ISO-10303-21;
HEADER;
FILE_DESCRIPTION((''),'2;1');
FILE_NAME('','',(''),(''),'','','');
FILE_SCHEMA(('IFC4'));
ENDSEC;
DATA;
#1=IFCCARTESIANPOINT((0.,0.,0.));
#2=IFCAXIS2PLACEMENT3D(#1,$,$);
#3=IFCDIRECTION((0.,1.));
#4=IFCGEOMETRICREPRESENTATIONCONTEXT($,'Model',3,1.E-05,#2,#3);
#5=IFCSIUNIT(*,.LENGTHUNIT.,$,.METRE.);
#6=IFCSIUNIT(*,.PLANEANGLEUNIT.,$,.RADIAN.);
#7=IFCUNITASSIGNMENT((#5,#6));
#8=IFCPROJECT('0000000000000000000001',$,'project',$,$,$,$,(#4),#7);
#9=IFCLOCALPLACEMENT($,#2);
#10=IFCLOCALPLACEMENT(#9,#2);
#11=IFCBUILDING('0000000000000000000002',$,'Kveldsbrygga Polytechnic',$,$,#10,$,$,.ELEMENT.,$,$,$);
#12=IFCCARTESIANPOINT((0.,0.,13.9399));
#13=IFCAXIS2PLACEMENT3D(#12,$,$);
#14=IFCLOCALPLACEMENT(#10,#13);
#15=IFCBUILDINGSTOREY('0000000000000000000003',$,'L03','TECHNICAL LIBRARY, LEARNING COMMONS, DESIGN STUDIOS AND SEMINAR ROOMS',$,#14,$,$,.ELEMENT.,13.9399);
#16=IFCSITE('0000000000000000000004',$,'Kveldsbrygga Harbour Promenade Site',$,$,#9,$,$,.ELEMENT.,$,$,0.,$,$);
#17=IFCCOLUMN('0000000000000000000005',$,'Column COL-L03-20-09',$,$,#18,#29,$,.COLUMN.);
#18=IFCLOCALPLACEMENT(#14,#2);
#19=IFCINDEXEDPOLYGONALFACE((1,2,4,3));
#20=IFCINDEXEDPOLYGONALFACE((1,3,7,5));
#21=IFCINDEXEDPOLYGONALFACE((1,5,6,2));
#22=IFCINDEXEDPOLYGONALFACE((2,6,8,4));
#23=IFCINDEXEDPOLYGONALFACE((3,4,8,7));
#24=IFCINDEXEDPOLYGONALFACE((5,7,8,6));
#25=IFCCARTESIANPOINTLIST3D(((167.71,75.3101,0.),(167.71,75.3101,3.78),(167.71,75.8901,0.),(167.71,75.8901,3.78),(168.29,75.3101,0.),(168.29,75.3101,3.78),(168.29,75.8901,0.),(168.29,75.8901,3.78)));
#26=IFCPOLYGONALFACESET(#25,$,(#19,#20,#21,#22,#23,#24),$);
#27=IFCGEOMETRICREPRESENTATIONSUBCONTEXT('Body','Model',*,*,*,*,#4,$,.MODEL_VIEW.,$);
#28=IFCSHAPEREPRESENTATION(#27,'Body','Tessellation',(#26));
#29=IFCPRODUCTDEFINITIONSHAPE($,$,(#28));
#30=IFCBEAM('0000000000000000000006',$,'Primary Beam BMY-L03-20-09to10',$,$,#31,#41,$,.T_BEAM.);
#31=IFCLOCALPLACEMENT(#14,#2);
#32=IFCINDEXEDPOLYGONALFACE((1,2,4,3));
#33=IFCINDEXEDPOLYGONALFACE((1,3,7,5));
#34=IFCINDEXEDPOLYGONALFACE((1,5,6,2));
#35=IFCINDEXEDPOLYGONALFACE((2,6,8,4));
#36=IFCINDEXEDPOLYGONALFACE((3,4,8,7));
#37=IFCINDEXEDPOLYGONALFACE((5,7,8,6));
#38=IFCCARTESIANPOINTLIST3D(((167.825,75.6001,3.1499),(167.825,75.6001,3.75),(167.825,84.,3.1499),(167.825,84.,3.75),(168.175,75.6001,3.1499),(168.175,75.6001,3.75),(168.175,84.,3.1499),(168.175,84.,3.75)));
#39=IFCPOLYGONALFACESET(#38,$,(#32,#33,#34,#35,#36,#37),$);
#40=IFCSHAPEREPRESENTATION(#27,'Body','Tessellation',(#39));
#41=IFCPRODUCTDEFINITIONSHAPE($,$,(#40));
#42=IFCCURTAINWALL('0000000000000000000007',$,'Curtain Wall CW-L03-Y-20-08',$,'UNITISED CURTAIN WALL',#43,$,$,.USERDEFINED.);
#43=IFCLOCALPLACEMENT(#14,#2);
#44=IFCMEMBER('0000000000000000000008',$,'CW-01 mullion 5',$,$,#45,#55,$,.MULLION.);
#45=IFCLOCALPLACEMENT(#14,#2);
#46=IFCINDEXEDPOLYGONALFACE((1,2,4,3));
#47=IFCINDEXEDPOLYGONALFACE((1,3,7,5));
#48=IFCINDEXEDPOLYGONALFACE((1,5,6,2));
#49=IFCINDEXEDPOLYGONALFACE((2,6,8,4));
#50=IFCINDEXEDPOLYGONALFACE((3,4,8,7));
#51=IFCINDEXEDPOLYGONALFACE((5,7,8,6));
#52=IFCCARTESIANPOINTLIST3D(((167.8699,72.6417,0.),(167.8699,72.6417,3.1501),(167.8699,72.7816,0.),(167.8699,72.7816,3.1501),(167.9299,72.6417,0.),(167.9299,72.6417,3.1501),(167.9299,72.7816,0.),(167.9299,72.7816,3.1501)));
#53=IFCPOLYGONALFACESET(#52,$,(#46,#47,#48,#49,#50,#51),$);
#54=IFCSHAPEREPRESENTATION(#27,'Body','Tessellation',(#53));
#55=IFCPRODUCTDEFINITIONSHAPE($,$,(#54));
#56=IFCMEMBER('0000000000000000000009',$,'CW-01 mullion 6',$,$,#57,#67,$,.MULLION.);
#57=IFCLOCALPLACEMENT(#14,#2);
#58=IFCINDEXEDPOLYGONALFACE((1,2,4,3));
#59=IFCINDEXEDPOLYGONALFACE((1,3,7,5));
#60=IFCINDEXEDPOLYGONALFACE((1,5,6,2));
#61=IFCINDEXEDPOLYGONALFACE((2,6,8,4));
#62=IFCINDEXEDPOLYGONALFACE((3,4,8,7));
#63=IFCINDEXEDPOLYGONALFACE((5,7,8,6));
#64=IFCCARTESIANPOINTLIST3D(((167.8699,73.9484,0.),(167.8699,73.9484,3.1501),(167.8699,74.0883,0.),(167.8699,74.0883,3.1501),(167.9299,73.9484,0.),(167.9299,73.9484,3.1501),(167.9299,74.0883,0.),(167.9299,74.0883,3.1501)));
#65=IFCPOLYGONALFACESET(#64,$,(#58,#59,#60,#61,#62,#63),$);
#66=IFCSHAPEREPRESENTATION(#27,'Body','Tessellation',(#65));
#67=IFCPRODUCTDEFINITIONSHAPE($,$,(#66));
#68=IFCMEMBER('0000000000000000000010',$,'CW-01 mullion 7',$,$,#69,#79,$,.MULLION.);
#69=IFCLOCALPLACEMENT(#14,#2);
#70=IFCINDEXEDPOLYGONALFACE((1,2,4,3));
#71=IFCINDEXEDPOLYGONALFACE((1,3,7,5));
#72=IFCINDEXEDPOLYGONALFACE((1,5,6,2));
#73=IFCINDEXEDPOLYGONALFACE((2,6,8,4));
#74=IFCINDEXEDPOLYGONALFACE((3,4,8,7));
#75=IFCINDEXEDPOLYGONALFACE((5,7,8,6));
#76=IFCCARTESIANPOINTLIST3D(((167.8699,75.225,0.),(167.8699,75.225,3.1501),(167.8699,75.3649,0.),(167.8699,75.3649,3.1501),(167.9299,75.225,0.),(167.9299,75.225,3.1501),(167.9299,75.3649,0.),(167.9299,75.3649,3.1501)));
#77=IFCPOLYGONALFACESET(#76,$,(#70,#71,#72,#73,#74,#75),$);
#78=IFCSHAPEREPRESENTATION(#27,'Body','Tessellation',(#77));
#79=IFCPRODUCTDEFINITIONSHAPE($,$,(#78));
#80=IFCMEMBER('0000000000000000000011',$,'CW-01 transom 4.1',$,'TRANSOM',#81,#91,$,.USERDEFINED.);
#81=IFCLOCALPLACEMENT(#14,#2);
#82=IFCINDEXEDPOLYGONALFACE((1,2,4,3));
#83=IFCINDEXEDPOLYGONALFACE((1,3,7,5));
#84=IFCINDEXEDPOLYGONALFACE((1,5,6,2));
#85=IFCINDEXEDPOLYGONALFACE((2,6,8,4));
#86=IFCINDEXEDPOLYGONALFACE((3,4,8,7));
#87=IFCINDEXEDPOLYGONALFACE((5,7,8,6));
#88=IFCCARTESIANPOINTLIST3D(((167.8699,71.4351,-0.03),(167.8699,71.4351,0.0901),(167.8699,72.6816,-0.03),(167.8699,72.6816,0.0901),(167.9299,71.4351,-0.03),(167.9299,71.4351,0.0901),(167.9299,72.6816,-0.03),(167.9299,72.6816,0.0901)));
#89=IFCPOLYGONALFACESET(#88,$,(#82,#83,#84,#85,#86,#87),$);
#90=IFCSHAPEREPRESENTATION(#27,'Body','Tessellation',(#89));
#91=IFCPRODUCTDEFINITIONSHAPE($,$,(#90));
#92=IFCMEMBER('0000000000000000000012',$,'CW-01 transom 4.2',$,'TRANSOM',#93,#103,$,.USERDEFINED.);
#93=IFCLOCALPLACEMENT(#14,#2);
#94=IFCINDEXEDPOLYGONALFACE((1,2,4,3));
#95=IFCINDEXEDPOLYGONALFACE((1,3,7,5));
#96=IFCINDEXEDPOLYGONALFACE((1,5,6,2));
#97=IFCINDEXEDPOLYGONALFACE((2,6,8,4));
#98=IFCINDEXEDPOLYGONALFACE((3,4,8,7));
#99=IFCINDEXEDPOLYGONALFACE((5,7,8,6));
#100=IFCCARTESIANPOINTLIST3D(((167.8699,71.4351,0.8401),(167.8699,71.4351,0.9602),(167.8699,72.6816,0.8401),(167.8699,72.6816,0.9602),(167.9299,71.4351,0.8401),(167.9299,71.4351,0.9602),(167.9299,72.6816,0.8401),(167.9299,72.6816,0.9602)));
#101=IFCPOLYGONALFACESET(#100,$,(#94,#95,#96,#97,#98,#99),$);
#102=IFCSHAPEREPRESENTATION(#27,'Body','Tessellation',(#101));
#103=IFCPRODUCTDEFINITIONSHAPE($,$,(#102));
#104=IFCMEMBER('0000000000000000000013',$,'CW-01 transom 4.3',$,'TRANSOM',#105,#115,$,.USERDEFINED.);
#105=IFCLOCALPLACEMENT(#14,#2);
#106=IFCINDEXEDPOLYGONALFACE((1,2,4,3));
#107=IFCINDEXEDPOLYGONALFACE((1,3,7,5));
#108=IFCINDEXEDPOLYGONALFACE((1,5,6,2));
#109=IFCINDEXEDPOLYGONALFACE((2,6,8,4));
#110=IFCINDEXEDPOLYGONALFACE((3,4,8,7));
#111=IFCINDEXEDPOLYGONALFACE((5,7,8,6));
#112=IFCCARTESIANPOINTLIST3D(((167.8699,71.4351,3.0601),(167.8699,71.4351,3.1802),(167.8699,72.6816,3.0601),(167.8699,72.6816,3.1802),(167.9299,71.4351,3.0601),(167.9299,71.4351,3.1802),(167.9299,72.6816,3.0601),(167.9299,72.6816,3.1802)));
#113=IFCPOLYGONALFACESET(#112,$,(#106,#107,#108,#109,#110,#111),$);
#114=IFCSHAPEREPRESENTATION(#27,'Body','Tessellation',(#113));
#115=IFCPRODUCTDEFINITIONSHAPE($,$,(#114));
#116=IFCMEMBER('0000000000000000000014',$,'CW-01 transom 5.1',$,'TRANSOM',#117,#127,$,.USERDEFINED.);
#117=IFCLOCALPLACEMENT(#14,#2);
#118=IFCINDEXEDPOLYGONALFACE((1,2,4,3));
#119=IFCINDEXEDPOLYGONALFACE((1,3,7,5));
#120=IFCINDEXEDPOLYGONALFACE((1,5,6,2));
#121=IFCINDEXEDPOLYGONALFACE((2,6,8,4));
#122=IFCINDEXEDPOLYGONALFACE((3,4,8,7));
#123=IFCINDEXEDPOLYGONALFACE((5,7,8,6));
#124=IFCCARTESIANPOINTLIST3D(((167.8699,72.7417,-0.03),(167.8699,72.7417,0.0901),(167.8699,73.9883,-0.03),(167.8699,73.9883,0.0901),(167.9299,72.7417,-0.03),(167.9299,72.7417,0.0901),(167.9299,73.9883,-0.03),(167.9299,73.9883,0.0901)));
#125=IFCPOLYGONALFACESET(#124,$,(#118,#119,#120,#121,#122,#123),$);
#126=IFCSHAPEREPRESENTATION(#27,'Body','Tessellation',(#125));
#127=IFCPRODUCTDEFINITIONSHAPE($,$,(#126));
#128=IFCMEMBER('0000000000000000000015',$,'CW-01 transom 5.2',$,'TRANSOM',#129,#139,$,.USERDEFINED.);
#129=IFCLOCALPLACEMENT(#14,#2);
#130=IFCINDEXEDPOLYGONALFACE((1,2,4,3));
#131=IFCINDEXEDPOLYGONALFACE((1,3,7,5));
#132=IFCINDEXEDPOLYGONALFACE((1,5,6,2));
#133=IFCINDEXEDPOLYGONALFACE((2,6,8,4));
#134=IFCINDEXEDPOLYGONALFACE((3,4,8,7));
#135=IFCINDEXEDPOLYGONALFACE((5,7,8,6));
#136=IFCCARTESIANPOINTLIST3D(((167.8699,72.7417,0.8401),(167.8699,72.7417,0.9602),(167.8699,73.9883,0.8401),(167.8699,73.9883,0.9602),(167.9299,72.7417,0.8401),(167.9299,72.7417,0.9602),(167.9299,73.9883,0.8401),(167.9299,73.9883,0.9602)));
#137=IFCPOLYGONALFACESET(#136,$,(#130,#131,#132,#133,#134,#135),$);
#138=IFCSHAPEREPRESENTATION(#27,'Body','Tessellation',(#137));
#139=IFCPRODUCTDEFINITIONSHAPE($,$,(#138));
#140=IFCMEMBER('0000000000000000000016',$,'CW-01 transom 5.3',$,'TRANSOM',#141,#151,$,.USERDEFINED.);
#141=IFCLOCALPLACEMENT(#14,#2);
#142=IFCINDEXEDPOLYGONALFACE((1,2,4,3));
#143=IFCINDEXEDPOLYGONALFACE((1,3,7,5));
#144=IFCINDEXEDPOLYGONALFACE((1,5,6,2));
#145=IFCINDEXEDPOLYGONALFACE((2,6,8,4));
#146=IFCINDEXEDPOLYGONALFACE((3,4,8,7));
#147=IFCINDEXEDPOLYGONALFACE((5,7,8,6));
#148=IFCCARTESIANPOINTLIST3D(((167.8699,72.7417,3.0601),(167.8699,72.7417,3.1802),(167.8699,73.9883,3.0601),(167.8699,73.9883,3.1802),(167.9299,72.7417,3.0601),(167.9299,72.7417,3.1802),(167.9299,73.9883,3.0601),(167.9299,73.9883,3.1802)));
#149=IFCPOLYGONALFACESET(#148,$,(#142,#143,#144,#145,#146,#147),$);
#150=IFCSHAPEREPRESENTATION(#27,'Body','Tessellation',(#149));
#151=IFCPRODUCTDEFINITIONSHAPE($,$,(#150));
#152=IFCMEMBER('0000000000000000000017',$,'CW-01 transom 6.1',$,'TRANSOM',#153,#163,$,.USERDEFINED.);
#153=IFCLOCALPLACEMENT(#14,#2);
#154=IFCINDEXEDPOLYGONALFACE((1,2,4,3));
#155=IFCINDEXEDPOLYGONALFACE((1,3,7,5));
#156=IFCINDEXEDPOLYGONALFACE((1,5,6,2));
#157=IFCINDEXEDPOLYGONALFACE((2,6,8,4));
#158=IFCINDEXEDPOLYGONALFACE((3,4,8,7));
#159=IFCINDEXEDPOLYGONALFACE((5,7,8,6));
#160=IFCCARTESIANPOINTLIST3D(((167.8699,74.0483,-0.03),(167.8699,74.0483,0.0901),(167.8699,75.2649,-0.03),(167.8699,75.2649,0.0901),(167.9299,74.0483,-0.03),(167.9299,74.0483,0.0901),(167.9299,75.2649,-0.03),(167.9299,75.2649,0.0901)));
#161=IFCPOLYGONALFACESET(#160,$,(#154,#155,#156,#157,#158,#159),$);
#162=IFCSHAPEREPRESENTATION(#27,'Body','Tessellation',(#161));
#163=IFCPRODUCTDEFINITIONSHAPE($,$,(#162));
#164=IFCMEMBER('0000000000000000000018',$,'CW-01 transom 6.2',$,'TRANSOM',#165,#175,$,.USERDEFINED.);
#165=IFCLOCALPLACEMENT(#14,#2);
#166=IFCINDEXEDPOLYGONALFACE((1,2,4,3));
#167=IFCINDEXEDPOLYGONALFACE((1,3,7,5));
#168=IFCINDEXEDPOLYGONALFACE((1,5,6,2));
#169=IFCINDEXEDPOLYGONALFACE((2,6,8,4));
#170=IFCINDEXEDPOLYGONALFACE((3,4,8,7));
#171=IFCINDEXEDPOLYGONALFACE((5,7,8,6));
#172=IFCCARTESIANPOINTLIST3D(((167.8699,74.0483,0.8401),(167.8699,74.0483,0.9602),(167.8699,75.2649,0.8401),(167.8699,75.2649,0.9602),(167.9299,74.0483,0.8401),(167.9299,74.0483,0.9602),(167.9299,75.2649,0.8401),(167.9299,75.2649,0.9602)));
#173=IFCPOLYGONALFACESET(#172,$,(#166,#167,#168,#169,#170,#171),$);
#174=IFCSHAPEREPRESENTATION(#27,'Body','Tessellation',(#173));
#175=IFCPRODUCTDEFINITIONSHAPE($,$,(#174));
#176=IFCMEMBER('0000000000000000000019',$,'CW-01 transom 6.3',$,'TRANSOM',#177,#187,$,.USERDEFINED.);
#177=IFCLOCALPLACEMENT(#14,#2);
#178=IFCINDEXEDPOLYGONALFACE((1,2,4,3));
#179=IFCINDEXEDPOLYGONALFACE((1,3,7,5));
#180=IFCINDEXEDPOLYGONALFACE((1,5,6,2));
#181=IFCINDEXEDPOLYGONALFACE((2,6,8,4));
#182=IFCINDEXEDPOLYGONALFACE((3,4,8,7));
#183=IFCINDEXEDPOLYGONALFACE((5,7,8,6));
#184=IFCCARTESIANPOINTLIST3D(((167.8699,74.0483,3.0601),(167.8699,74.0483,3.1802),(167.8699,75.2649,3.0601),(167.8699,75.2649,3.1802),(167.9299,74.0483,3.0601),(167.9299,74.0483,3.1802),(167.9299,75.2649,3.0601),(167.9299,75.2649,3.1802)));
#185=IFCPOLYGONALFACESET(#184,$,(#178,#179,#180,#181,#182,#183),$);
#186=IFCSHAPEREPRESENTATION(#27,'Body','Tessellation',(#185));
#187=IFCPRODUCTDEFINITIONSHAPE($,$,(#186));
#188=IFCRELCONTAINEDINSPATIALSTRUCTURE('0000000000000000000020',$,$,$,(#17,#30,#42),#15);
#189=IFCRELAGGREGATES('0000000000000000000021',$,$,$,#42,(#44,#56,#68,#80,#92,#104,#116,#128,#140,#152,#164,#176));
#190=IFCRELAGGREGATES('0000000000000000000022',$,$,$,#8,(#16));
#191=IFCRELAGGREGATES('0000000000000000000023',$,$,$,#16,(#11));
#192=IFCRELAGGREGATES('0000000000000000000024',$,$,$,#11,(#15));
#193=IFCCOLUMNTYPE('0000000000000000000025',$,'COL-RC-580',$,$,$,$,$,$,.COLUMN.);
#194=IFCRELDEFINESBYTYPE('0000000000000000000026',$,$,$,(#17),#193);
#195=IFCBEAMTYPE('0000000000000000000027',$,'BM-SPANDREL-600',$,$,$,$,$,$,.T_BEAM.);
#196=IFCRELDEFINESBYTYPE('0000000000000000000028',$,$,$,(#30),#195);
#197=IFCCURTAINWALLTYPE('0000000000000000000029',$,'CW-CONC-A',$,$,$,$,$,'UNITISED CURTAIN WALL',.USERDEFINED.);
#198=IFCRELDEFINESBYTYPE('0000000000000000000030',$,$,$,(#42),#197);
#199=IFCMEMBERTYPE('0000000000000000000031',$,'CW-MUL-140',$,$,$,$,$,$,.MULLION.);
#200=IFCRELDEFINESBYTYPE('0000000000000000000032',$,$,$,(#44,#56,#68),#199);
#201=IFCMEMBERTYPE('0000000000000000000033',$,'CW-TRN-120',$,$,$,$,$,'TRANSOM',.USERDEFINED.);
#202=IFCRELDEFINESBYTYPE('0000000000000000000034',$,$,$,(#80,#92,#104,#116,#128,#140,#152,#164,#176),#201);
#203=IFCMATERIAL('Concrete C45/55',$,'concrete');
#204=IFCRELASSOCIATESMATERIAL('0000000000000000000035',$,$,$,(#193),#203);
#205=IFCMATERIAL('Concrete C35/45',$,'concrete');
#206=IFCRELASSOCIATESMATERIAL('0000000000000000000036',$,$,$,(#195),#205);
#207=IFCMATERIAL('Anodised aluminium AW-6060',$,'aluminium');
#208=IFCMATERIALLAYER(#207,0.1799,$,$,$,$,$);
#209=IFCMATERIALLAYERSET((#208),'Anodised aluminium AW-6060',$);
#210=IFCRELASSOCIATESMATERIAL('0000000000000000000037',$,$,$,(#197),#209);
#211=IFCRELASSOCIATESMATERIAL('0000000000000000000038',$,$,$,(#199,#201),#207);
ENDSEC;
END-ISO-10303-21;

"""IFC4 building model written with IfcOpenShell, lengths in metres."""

from ifc_helpers import new_model, si_unit, direction, frame, origin, origin_2d, place, context, subcontext, project, spatial, rectangle, extrude, material, layer, layer_set, material_profile, profile_set, type_object, element, aggregate, save


model = new_model("IFC4")

# Units and contexts
model_context = context("Model", 3, precision=1e-05, world=origin(), true_north=direction((0.0, 1.0)))
body_context = subcontext(model_context, "Body", "Model", "MODEL_VIEW")
ifc_project = project(units=[si_unit("LENGTHUNIT", "METRE"), si_unit("PLANEANGLEUNIT", "RADIAN")], contexts=[model_context])

# Site, building, storey
site_placement = place(None, origin())
site = spatial("IfcSite", under=ifc_project, at=site_placement, Name="Kveldsbrygga Harbour Promenade Site", CompositionType="ELEMENT", RefElevation=0.0)
building_placement = place(site_placement, origin())
building = spatial("IfcBuilding", under=site, at=building_placement, Name="Kveldsbrygga Polytechnic", CompositionType="ELEMENT")
storey_placement = place(building_placement, frame((0.0, 0.0, 13.9399)))
storey = spatial("IfcBuildingStorey", under=building, at=storey_placement, Name="L03", Description="TECHNICAL LIBRARY, LEARNING COMMONS, DESIGN STUDIOS AND SEMINAR ROOMS", CompositionType="ELEMENT", Elevation=13.9399)

# Column
ifc_material_1 = material(Name="Concrete C45/55", Category="concrete")
ifc_material_profile_1 = material_profile(ifc_material_1, rectangle(XDim=0.5801, YDim=0.5801, at=origin_2d()), Name="RC 580x580")
ifc_profile_set_1 = profile_set([ifc_material_profile_1], Name="Concrete C45/55")
column_type = type_object("IfcColumnType", Name="COL-RC-580", PredefinedType="COLUMN", material=ifc_profile_set_1)
column_placement = place(storey_placement, frame((168.0, 75.6001, 0.0), z_axis=(0.0, 0.0, 1.0), x_axis=(1.0, 0.0, 0.0)))
element("IfcColumn", 1, at=column_placement, inside=storey, type_object=column_type, Name="Column COL-L03-20-09", PredefinedType="COLUMN", context=body_context, shape_type="SweptSolid", body=[
    extrude(rectangle(XDim=0.5801, YDim=0.5801, at=origin_2d()), origin(), (0.0, 0.0, 1.0), 3.78),
])

# Beam
ifc_material_2 = material(Name="Concrete C35/45", Category="concrete")
ifc_material_profile_2 = material_profile(ifc_material_2, rectangle(XDim=0.3501, YDim=0.6001, at=origin_2d()), Name="RC 350x600")
ifc_profile_set_2 = profile_set([ifc_material_profile_2], Name="Concrete C35/45")
beam_type = type_object("IfcBeamType", Name="BM-SPANDREL-600", PredefinedType="T_BEAM", material=ifc_profile_set_2)
beam_placement = place(storey_placement, frame((168.0, 75.6001, 3.45), z_axis=(0.0, 1.0, 0.0), x_axis=(-1.0, 0.0, 0.0)))
element("IfcBeam", 2, at=beam_placement, inside=storey, type_object=beam_type, Name="Primary Beam BMY-L03-20-09to10", PredefinedType="T_BEAM", context=body_context, shape_type="SweptSolid", body=[
    extrude(rectangle(XDim=0.3501, YDim=0.6001, at=origin_2d()), origin(), (0.0, 0.0, 1.0), 8.3999),
])

# Curtain wall, members
ifc_material_3 = material(Name="Anodised aluminium AW-6060", Category="aluminium")
ifc_layer_1 = layer(ifc_material_3, 0.1799)
ifc_layer_set_1 = layer_set([ifc_layer_1], Name="Anodised aluminium AW-6060")
curtain_wall_type = type_object("IfcCurtainWallType", Name="CW-CONC-A", ElementType="UNITISED CURTAIN WALL", PredefinedType="USERDEFINED", material=ifc_layer_set_1)
curtain_wall_placement = place(storey_placement, origin())
curtain_wall = element("IfcCurtainWall", 3, at=curtain_wall_placement, inside=storey, type_object=curtain_wall_type, Name="Curtain Wall CW-L03-Y-20-08", ObjectType="UNITISED CURTAIN WALL", PredefinedType="USERDEFINED")
ifc_material_profile_3 = material_profile(ifc_material_3, rectangle(XDim=0.0601, YDim=0.1399, at=origin_2d()), Name="ALU 60x140")
ifc_profile_set_3 = profile_set([ifc_material_profile_3], Name="Anodised aluminium AW-6060")
member_type_1 = type_object("IfcMemberType", Name="CW-MUL-140", PredefinedType="MULLION", material=ifc_profile_set_3)
member_1_placement = place(storey_placement, frame((167.8999, 72.7117, 0.0), z_axis=(0.0, 0.0, 1.0), x_axis=(-1.0, 0.0, 0.0)))
member_1 = element("IfcMember", 4, at=member_1_placement, type_object=member_type_1, Name="CW-01 mullion 5", PredefinedType="MULLION", context=body_context, shape_type="SweptSolid", body=[
    extrude(rectangle(XDim=0.0601, YDim=0.1399, at=origin_2d()), origin(), (0.0, 0.0, 1.0), 3.1501),
])
member_2_placement = place(storey_placement, frame((167.8999, 74.0183, 0.0), z_axis=(0.0, 0.0, 1.0), x_axis=(-1.0, 0.0, 0.0)))
member_2 = element("IfcMember", 5, at=member_2_placement, type_object=member_type_1, Name="CW-01 mullion 6", PredefinedType="MULLION", context=body_context, shape_type="SweptSolid", body=[
    extrude(rectangle(XDim=0.0601, YDim=0.1399, at=origin_2d()), origin(), (0.0, 0.0, 1.0), 3.1501),
])
member_3_placement = place(storey_placement, frame((167.8999, 75.2949, 0.0), z_axis=(0.0, 0.0, 1.0), x_axis=(-1.0, 0.0, 0.0)))
member_3 = element("IfcMember", 6, at=member_3_placement, type_object=member_type_1, Name="CW-01 mullion 7", PredefinedType="MULLION", context=body_context, shape_type="SweptSolid", body=[
    extrude(rectangle(XDim=0.0601, YDim=0.1399, at=origin_2d()), origin(), (0.0, 0.0, 1.0), 3.1501),
])
ifc_material_profile_4 = material_profile(ifc_material_3, rectangle(XDim=0.0601, YDim=0.1201, at=origin_2d()), Name="ALU 60x120")
ifc_profile_set_4 = profile_set([ifc_material_profile_4], Name="Anodised aluminium AW-6060")
member_type_2 = type_object("IfcMemberType", Name="CW-TRN-120", ElementType="TRANSOM", PredefinedType="USERDEFINED", material=ifc_profile_set_4)
member_4_placement = place(storey_placement, frame((167.8999, 71.4351, 0.03), z_axis=(0.0, 1.0, 0.0), x_axis=(-1.0, 0.0, 0.0)))
member_4 = element("IfcMember", 7, at=member_4_placement, type_object=member_type_2, Name="CW-01 transom 4.1", ObjectType="TRANSOM", PredefinedType="USERDEFINED", context=body_context, shape_type="SweptSolid", body=[
    extrude(rectangle(XDim=0.0601, YDim=0.1201, at=origin_2d()), origin(), (0.0, 0.0, 1.0), 1.2466),
])
member_5_placement = place(storey_placement, frame((167.8999, 71.4351, 0.9001), z_axis=(0.0, 1.0, 0.0), x_axis=(-1.0, 0.0, 0.0)))
member_5 = element("IfcMember", 8, at=member_5_placement, type_object=member_type_2, Name="CW-01 transom 4.2", ObjectType="TRANSOM", PredefinedType="USERDEFINED", context=body_context, shape_type="SweptSolid", body=[
    extrude(rectangle(XDim=0.0601, YDim=0.1201, at=origin_2d()), origin(), (0.0, 0.0, 1.0), 1.2466),
])
member_6_placement = place(storey_placement, frame((167.8999, 71.4351, 3.1201), z_axis=(0.0, 1.0, 0.0), x_axis=(-1.0, 0.0, 0.0)))
member_6 = element("IfcMember", 9, at=member_6_placement, type_object=member_type_2, Name="CW-01 transom 4.3", ObjectType="TRANSOM", PredefinedType="USERDEFINED", context=body_context, shape_type="SweptSolid", body=[
    extrude(rectangle(XDim=0.0601, YDim=0.1201, at=origin_2d()), origin(), (0.0, 0.0, 1.0), 1.2466),
])
member_7_placement = place(storey_placement, frame((167.8999, 72.7417, 0.03), z_axis=(0.0, 1.0, 0.0), x_axis=(-1.0, 0.0, 0.0)))
member_7 = element("IfcMember", 10, at=member_7_placement, type_object=member_type_2, Name="CW-01 transom 5.1", ObjectType="TRANSOM", PredefinedType="USERDEFINED", context=body_context, shape_type="SweptSolid", body=[
    extrude(rectangle(XDim=0.0601, YDim=0.1201, at=origin_2d()), origin(), (0.0, 0.0, 1.0), 1.2466),
])
member_8_placement = place(storey_placement, frame((167.8999, 72.7417, 0.9001), z_axis=(0.0, 1.0, 0.0), x_axis=(-1.0, 0.0, 0.0)))
member_8 = element("IfcMember", 11, at=member_8_placement, type_object=member_type_2, Name="CW-01 transom 5.2", ObjectType="TRANSOM", PredefinedType="USERDEFINED", context=body_context, shape_type="SweptSolid", body=[
    extrude(rectangle(XDim=0.0601, YDim=0.1201, at=origin_2d()), origin(), (0.0, 0.0, 1.0), 1.2466),
])
member_9_placement = place(storey_placement, frame((167.8999, 72.7417, 3.1201), z_axis=(0.0, 1.0, 0.0), x_axis=(-1.0, 0.0, 0.0)))
member_9 = element("IfcMember", 12, at=member_9_placement, type_object=member_type_2, Name="CW-01 transom 5.3", ObjectType="TRANSOM", PredefinedType="USERDEFINED", context=body_context, shape_type="SweptSolid", body=[
    extrude(rectangle(XDim=0.0601, YDim=0.1201, at=origin_2d()), origin(), (0.0, 0.0, 1.0), 1.2466),
])
member_10_placement = place(storey_placement, frame((167.8999, 74.0483, 0.03), z_axis=(0.0, 1.0, 0.0), x_axis=(-1.0, 0.0, 0.0)))
member_10 = element("IfcMember", 13, at=member_10_placement, type_object=member_type_2, Name="CW-01 transom 6.1", ObjectType="TRANSOM", PredefinedType="USERDEFINED", context=body_context, shape_type="SweptSolid", body=[
    extrude(rectangle(XDim=0.0601, YDim=0.1201, at=origin_2d()), origin(), (0.0, 0.0, 1.0), 1.2166),
])
member_11_placement = place(storey_placement, frame((167.8999, 74.0483, 0.9001), z_axis=(0.0, 1.0, 0.0), x_axis=(-1.0, 0.0, 0.0)))
member_11 = element("IfcMember", 14, at=member_11_placement, type_object=member_type_2, Name="CW-01 transom 6.2", ObjectType="TRANSOM", PredefinedType="USERDEFINED", context=body_context, shape_type="SweptSolid", body=[
    extrude(rectangle(XDim=0.0601, YDim=0.1201, at=origin_2d()), origin(), (0.0, 0.0, 1.0), 1.2166),
])
member_12_placement = place(storey_placement, frame((167.8999, 74.0483, 3.1201), z_axis=(0.0, 1.0, 0.0), x_axis=(-1.0, 0.0, 0.0)))
member_12 = element("IfcMember", 15, at=member_12_placement, type_object=member_type_2, Name="CW-01 transom 6.3", ObjectType="TRANSOM", PredefinedType="USERDEFINED", context=body_context, shape_type="SweptSolid", body=[
    extrude(rectangle(XDim=0.0601, YDim=0.1201, at=origin_2d()), origin(), (0.0, 0.0, 1.0), 1.2166),
])
aggregate(curtain_wall, [member_1, member_2, member_3, member_4, member_5, member_6, member_7, member_8, member_9, member_10, member_11, member_12])

save(model, "model.ifc")
